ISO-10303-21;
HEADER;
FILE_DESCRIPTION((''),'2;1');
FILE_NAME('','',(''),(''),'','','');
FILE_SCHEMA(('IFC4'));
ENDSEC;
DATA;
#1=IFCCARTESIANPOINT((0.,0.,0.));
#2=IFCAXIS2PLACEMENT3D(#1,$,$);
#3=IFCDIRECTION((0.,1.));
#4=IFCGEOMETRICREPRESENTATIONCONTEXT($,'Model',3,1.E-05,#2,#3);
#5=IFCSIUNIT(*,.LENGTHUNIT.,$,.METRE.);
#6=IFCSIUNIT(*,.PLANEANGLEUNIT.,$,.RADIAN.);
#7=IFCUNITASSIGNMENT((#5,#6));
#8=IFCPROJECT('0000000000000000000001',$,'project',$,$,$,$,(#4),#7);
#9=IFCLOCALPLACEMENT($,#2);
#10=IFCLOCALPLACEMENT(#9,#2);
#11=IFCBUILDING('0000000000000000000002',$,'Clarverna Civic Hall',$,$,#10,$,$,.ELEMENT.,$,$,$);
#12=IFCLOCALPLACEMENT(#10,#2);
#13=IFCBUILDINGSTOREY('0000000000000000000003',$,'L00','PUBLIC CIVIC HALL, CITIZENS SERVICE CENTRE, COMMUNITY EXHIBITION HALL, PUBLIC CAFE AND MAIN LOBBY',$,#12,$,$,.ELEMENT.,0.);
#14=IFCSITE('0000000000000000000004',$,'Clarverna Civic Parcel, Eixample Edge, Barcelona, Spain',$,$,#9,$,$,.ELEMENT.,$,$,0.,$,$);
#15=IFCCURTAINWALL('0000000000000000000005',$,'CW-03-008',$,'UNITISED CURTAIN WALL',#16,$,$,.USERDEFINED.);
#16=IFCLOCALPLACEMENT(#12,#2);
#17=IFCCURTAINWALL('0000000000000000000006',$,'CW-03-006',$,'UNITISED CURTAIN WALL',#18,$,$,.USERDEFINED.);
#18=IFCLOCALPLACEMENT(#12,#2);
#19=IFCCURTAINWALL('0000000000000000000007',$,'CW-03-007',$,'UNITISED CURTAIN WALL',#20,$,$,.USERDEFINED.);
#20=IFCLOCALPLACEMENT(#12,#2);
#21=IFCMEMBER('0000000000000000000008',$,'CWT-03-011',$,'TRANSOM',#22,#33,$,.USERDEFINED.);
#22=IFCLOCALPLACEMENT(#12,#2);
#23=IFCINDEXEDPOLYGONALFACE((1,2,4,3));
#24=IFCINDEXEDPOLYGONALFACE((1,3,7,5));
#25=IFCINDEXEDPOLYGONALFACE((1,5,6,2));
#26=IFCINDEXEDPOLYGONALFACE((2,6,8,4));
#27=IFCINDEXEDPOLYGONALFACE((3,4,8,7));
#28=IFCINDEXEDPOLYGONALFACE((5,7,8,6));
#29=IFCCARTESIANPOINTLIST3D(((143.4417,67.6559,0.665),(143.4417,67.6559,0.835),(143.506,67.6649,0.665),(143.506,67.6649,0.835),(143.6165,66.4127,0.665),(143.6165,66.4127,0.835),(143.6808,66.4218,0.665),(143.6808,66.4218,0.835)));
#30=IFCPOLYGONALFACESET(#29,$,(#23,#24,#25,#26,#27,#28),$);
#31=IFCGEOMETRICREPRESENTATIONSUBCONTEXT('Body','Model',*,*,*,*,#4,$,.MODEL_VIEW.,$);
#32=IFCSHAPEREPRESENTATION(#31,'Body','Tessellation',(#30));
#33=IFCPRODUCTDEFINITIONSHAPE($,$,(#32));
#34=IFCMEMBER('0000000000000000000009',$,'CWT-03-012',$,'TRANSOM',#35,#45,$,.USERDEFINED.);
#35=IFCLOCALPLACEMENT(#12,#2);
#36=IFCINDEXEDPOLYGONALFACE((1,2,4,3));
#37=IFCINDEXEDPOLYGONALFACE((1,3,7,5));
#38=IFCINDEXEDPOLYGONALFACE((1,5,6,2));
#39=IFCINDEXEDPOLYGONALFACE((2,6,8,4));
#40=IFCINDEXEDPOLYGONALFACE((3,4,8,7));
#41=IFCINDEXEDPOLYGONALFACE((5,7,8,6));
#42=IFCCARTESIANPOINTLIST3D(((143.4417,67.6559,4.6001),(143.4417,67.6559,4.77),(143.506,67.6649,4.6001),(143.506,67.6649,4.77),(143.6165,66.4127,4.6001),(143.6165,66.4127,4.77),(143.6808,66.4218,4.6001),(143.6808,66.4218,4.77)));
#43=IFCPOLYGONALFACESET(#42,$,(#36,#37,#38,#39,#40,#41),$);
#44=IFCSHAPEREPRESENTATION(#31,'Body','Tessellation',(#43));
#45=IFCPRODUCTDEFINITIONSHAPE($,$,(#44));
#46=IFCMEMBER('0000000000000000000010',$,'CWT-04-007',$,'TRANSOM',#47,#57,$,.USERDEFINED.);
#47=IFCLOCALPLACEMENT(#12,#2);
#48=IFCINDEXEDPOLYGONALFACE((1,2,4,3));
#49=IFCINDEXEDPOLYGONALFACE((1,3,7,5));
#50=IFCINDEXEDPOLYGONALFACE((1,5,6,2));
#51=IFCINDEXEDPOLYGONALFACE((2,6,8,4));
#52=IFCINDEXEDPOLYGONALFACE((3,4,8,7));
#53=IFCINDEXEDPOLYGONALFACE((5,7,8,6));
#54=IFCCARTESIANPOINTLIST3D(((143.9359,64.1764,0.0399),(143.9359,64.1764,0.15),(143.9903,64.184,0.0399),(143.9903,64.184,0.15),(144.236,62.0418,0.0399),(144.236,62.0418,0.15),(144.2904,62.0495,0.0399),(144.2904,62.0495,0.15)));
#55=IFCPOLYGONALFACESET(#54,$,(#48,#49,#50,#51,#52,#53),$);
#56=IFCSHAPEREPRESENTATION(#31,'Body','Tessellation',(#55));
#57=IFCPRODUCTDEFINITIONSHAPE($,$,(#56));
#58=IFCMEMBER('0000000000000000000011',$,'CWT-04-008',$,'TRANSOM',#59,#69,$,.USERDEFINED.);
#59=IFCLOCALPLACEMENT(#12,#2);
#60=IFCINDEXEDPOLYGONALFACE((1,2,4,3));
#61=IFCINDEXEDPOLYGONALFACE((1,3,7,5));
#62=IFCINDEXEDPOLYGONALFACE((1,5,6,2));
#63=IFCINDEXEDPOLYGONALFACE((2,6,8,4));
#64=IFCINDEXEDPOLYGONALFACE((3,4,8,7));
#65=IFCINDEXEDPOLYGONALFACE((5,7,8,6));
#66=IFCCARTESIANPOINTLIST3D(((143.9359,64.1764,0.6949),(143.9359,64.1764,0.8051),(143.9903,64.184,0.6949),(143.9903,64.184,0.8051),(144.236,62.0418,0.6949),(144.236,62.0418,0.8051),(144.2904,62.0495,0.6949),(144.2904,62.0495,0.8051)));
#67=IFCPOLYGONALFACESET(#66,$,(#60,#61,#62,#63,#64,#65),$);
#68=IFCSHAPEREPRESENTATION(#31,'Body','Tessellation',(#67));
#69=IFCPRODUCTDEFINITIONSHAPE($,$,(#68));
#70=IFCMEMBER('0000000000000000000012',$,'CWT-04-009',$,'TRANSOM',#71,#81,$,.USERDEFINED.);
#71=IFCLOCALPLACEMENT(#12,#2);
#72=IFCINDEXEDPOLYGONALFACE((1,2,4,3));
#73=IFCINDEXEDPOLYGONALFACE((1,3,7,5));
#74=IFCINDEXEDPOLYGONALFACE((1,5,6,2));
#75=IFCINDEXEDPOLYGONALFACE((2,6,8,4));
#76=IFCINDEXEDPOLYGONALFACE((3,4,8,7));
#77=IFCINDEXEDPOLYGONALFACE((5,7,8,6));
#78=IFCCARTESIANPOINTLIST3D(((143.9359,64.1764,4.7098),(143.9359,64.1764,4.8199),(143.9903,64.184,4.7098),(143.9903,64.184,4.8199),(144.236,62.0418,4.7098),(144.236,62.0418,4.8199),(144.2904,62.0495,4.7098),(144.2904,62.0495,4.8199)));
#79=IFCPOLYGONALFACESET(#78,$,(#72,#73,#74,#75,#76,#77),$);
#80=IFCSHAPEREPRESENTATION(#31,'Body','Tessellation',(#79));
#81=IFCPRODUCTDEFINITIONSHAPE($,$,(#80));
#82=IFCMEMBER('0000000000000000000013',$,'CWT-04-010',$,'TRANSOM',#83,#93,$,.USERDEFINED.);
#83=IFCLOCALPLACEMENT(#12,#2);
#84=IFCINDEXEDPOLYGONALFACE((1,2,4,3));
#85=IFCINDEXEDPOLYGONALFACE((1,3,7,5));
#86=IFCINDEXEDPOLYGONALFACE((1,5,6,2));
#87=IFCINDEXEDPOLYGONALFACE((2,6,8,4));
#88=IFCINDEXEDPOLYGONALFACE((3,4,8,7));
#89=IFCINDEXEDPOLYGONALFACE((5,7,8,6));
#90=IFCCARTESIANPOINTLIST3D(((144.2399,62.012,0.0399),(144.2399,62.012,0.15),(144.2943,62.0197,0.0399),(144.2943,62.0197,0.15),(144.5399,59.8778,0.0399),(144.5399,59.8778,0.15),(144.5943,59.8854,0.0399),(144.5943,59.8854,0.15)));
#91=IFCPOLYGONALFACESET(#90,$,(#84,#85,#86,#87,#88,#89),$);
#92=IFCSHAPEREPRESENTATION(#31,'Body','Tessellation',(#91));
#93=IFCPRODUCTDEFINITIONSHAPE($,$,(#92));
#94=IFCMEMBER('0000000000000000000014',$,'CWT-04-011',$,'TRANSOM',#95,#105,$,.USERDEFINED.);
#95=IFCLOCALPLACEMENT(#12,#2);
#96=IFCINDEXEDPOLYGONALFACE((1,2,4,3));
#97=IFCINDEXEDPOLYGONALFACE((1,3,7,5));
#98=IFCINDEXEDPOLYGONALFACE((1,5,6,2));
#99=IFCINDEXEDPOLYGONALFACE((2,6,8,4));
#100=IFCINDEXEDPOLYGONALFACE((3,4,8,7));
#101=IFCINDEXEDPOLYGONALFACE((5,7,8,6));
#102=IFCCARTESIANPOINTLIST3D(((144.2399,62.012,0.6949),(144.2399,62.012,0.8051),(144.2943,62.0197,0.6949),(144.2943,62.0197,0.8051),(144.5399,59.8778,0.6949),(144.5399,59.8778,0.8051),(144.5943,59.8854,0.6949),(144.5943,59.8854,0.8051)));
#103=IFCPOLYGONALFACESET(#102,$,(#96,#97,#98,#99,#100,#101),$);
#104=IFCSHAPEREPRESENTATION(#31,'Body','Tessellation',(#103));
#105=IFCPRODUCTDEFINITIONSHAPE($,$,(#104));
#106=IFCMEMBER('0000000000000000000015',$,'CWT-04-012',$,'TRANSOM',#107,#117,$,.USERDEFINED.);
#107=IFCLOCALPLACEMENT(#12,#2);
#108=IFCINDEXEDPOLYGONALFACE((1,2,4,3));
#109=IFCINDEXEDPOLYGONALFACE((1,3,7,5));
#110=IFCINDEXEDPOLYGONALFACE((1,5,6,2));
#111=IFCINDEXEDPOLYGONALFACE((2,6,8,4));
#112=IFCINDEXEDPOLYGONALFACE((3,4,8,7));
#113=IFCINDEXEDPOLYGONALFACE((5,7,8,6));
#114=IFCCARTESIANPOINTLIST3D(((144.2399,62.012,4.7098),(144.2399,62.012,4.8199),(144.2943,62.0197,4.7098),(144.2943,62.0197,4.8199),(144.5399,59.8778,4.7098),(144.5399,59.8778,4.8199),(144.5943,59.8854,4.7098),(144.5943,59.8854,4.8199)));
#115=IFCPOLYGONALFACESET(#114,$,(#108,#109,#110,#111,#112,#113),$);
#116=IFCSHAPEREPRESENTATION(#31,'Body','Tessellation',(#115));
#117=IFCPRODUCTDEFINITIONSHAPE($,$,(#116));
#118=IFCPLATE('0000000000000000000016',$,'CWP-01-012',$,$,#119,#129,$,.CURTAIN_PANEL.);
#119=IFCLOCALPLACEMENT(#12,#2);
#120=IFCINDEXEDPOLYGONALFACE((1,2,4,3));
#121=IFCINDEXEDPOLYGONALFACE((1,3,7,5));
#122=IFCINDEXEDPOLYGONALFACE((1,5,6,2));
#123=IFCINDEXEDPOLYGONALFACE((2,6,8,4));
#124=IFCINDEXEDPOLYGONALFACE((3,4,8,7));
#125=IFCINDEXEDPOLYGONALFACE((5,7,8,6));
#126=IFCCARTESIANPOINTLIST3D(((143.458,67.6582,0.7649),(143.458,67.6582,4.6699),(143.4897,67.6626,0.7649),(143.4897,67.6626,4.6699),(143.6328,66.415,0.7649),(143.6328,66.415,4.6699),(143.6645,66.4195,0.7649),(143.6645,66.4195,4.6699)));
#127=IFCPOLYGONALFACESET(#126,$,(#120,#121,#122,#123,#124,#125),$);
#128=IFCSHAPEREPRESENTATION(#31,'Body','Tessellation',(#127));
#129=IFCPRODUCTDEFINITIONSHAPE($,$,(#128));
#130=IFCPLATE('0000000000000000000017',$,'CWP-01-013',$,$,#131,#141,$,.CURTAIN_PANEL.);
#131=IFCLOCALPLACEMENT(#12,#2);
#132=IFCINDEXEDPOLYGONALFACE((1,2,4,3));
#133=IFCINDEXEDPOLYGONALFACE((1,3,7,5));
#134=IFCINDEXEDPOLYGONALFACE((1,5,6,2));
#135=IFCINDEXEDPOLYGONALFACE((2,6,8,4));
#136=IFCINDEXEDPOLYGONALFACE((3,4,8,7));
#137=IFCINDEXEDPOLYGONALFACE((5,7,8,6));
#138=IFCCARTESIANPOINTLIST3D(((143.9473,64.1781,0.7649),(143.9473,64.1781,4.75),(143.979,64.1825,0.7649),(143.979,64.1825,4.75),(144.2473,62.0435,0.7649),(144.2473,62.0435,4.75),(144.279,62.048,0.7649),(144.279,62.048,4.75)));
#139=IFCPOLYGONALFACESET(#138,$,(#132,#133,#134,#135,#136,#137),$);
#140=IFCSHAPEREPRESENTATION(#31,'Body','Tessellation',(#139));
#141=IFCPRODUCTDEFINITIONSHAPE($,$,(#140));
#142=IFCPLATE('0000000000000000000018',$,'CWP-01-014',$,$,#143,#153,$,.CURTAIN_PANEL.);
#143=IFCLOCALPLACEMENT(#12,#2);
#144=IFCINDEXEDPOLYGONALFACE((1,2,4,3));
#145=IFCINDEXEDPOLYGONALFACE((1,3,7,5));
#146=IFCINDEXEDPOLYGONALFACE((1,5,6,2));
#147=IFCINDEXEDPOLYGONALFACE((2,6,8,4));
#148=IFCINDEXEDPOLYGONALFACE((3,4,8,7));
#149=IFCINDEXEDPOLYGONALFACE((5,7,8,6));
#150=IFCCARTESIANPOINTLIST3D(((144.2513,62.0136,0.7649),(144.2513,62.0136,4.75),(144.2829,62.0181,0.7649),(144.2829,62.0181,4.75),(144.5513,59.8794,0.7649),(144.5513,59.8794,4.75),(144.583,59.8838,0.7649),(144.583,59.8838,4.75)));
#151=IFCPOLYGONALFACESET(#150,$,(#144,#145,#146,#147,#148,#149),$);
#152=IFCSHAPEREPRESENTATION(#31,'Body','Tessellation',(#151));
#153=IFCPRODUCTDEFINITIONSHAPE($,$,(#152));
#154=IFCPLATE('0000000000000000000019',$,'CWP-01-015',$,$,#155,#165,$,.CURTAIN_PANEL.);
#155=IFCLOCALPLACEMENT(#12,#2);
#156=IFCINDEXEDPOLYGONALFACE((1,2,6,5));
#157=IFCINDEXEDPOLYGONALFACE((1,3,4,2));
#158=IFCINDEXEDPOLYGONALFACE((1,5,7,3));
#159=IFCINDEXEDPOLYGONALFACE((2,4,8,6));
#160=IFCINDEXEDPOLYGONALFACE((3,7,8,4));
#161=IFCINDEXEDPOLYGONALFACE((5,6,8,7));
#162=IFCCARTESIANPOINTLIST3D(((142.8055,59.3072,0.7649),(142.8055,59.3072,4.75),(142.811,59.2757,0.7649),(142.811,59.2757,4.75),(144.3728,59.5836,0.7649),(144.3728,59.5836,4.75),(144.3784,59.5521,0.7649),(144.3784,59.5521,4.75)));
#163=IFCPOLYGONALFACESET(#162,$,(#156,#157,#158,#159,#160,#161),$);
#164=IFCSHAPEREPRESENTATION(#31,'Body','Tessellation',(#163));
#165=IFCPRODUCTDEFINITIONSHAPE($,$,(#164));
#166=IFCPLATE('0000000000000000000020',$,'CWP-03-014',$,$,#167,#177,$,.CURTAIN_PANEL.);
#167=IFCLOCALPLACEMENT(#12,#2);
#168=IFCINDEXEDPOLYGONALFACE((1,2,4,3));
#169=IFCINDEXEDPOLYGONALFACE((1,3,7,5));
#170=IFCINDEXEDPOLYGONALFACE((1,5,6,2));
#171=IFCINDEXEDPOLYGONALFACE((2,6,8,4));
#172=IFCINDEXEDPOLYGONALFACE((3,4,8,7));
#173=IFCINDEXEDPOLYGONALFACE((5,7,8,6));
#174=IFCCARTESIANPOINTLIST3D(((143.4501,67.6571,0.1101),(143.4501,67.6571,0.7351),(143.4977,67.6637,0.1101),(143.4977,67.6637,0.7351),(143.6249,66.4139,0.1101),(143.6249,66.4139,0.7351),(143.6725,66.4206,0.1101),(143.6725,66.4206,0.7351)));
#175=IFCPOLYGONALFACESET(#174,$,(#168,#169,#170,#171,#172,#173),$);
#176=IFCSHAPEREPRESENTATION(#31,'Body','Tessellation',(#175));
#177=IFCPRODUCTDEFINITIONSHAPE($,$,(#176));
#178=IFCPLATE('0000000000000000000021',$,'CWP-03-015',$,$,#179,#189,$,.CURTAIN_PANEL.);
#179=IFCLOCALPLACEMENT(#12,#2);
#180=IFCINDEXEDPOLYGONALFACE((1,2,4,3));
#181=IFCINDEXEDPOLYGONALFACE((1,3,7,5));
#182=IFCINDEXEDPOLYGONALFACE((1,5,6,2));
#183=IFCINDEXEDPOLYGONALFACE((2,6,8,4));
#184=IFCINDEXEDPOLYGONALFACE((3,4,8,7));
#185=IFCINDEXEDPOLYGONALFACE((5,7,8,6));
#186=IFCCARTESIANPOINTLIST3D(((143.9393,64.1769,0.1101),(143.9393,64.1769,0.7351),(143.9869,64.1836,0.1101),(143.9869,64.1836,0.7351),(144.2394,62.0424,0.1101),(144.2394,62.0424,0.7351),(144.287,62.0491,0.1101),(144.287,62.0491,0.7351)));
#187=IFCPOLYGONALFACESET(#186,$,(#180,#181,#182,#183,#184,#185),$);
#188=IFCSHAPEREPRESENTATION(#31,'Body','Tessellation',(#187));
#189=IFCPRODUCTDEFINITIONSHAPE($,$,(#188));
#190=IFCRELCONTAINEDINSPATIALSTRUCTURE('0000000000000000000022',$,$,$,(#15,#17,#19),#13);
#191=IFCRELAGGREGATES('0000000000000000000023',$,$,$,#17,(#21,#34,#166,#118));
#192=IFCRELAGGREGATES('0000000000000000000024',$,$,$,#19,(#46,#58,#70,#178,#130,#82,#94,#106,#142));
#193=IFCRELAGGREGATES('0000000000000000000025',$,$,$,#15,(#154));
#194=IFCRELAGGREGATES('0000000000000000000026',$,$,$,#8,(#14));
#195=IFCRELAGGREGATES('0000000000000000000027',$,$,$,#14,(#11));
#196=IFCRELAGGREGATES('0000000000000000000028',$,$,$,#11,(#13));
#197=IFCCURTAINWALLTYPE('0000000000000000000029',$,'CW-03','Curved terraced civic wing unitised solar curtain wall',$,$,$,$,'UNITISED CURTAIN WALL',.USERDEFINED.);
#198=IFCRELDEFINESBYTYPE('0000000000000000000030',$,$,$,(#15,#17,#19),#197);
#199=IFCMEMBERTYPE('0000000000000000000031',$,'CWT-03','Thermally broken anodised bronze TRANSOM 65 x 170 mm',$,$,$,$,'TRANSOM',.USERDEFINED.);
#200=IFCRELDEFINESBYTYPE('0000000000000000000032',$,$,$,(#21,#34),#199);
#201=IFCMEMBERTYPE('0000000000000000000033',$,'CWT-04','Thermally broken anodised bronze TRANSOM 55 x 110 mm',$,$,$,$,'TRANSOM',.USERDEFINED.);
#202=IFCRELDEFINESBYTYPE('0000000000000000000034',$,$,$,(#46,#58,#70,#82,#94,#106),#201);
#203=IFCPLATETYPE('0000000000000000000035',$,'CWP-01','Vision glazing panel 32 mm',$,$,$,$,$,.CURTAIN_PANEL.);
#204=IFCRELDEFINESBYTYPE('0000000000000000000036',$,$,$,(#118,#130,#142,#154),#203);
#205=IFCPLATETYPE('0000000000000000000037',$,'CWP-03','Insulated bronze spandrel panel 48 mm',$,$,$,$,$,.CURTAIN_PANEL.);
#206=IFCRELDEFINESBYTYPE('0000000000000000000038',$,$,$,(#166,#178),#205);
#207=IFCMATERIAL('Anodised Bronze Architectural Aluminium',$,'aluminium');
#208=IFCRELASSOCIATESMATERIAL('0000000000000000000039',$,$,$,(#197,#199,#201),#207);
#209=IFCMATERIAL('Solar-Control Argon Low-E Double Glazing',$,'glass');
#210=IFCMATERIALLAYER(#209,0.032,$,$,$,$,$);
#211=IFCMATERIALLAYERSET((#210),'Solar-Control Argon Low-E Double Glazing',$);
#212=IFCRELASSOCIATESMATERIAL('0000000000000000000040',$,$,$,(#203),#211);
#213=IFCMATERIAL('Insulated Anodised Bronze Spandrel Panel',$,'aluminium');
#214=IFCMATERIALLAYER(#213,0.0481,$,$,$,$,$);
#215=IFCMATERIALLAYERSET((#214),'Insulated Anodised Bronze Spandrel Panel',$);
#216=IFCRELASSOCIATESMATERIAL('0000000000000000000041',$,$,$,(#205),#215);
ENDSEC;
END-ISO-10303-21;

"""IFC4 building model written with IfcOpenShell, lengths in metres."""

from ifc_helpers import new_model, si_unit, direction, frame, frame_2d, origin, origin_2d, place, context, subcontext, project, spatial, rectangle, extrude, material, layer, layer_set, material_profile, profile_set, type_object, element, aggregate, save


model = new_model("IFC4")

# Units and contexts
model_context = context("Model", 3, precision=1e-05, world=origin(), true_north=direction((0.0, 1.0)))
body_context = subcontext(model_context, "Body", "Model", "MODEL_VIEW")
ifc_project = project(units=[si_unit("LENGTHUNIT", "METRE"), si_unit("PLANEANGLEUNIT", "RADIAN")], contexts=[model_context])

# Site, building, storey
site_placement = place(None, origin())
site = spatial("IfcSite", under=ifc_project, at=site_placement, Name="Clarverna Civic Parcel, Eixample Edge, Barcelona, Spain", CompositionType="ELEMENT", RefElevation=0.0)
building_placement = place(site_placement, origin())
building = spatial("IfcBuilding", under=site, at=building_placement, Name="Clarverna Civic Hall", CompositionType="ELEMENT")
storey_placement = place(building_placement, origin())
storey = spatial("IfcBuildingStorey", under=building, at=storey_placement, Name="L00", Description="PUBLIC CIVIC HALL, CITIZENS SERVICE CENTRE, COMMUNITY EXHIBITION HALL, PUBLIC CAFE AND MAIN LOBBY", CompositionType="ELEMENT", Elevation=0.0)

# Curtain wall
ifc_material_1 = material(Name="Anodised Bronze Architectural Aluminium", Category="aluminium")
curtain_wall_type = type_object("IfcCurtainWallType", Name="CW-03", Description="Curved terraced civic wing unitised solar curtain wall", ElementType="UNITISED CURTAIN WALL", PredefinedType="USERDEFINED", material=ifc_material_1)
curtain_wall_1_placement = place(storey_placement, origin())
curtain_wall_1 = element("IfcCurtainWall", 1, at=curtain_wall_1_placement, inside=storey, type_object=curtain_wall_type, Name="CW-03-008", ObjectType="UNITISED CURTAIN WALL", PredefinedType="USERDEFINED")

# Curtain walls
curtain_wall_2_placement = place(storey_placement, origin())
curtain_wall_2 = element("IfcCurtainWall", 2, at=curtain_wall_2_placement, inside=storey, type_object=curtain_wall_type, Name="CW-03-006", ObjectType="UNITISED CURTAIN WALL", PredefinedType="USERDEFINED")
curtain_wall_3_placement = place(storey_placement, origin())
curtain_wall_3 = element("IfcCurtainWall", 3, at=curtain_wall_3_placement, inside=storey, type_object=curtain_wall_type, Name="CW-03-007", ObjectType="UNITISED CURTAIN WALL", PredefinedType="USERDEFINED")

# Members
ifc_material_profile_1 = material_profile(ifc_material_1, rectangle(XDim=0.0649, YDim=0.1699, at=origin_2d()), Name="BRONZE 65x170")
ifc_profile_set_1 = profile_set([ifc_material_profile_1], Name="Anodised Bronze Architectural Aluminium")
member_type_1 = type_object("IfcMemberType", Name="CWT-03", Description="Thermally broken anodised bronze TRANSOM 65 x 170 mm", ElementType="TRANSOM", PredefinedType="USERDEFINED", material=ifc_profile_set_1)
member_1_placement = place(storey_placement, frame((143.4739, 67.6604, 0.75), z_axis=(0.139243, -0.990258, 0.0), x_axis=(0.990258, 0.139243, 0.0)))
member_1 = element("IfcMember", 4, at=member_1_placement, type_object=member_type_1, Name="CWT-03-011", ObjectType="TRANSOM", PredefinedType="USERDEFINED", context=body_context, shape_type="SweptSolid", body=[
    extrude(rectangle(XDim=0.0649, YDim=0.1699, at=origin_2d()), origin(), (0.0, 0.0, 1.0), 1.2554),
])
member_2_placement = place(storey_placement, frame((143.4739, 67.6604, 4.6851), z_axis=(0.139243, -0.990258, 0.0), x_axis=(0.990258, 0.139243, 0.0)))
member_2 = element("IfcMember", 5, at=member_2_placement, type_object=member_type_1, Name="CWT-03-012", ObjectType="TRANSOM", PredefinedType="USERDEFINED", context=body_context, shape_type="SweptSolid", body=[
    extrude(rectangle(XDim=0.0649, YDim=0.1699, at=origin_2d()), origin(), (0.0, 0.0, 1.0), 1.2554),
])
ifc_material_profile_2 = material_profile(ifc_material_1, rectangle(XDim=0.0549, YDim=0.1101, at=origin_2d()), Name="BRONZE 55x110")
ifc_profile_set_2 = profile_set([ifc_material_profile_2], Name="Anodised Bronze Architectural Aluminium")
member_type_2 = type_object("IfcMemberType", Name="CWT-04", Description="Thermally broken anodised bronze TRANSOM 55 x 110 mm", ElementType="TRANSOM", PredefinedType="USERDEFINED", material=ifc_profile_set_2)
member_3_placement = place(storey_placement, frame((143.9631, 64.1802, 0.095), z_axis=(0.139201, -0.990264, 0.0), x_axis=(0.990264, 0.139201, 0.0)))
member_3 = element("IfcMember", 6, at=member_3_placement, type_object=member_type_2, Name="CWT-04-007", ObjectType="TRANSOM", PredefinedType="USERDEFINED", context=body_context, shape_type="SweptSolid", body=[
    extrude(rectangle(XDim=0.0549, YDim=0.1101, at=origin_2d()), origin(), (0.0, 0.0, 1.0), 2.1555),
])
member_4_placement = place(storey_placement, frame((143.9631, 64.1802, 0.75), z_axis=(0.139201, -0.990264, 0.0), x_axis=(0.990264, 0.139201, 0.0)))
member_4 = element("IfcMember", 7, at=member_4_placement, type_object=member_type_2, Name="CWT-04-008", ObjectType="TRANSOM", PredefinedType="USERDEFINED", context=body_context, shape_type="SweptSolid", body=[
    extrude(rectangle(XDim=0.0549, YDim=0.1101, at=origin_2d()), origin(), (0.0, 0.0, 1.0), 2.1555),
])
member_5_placement = place(storey_placement, frame((143.9631, 64.1802, 4.7649), z_axis=(0.139201, -0.990264, 0.0), x_axis=(0.990264, 0.139201, 0.0)))
member_5 = element("IfcMember", 8, at=member_5_placement, type_object=member_type_2, Name="CWT-04-009", ObjectType="TRANSOM", PredefinedType="USERDEFINED", context=body_context, shape_type="SweptSolid", body=[
    extrude(rectangle(XDim=0.0549, YDim=0.1101, at=origin_2d()), origin(), (0.0, 0.0, 1.0), 2.1555),
])
member_6_placement = place(storey_placement, frame((144.2671, 62.0159, 0.095), z_axis=(0.139217, -0.990262, 0.0), x_axis=(0.990262, 0.139217, 0.0)))
member_6 = element("IfcMember", 9, at=member_6_placement, type_object=member_type_2, Name="CWT-04-010", ObjectType="TRANSOM", PredefinedType="USERDEFINED", context=body_context, shape_type="SweptSolid", body=[
    extrude(rectangle(XDim=0.0549, YDim=0.1101, at=origin_2d()), origin(), (0.0, 0.0, 1.0), 2.1553),
])
member_7_placement = place(storey_placement, frame((144.2671, 62.0159, 0.75), z_axis=(0.139217, -0.990262, 0.0), x_axis=(0.990262, 0.139217, 0.0)))
member_7 = element("IfcMember", 10, at=member_7_placement, type_object=member_type_2, Name="CWT-04-011", ObjectType="TRANSOM", PredefinedType="USERDEFINED", context=body_context, shape_type="SweptSolid", body=[
    extrude(rectangle(XDim=0.0549, YDim=0.1101, at=origin_2d()), origin(), (0.0, 0.0, 1.0), 2.1553),
])
member_8_placement = place(storey_placement, frame((144.2671, 62.0159, 4.7649), z_axis=(0.139217, -0.990262, 0.0), x_axis=(0.990262, 0.139217, 0.0)))
member_8 = element("IfcMember", 11, at=member_8_placement, type_object=member_type_2, Name="CWT-04-012", ObjectType="TRANSOM", PredefinedType="USERDEFINED", context=body_context, shape_type="SweptSolid", body=[
    extrude(rectangle(XDim=0.0549, YDim=0.1101, at=origin_2d()), origin(), (0.0, 0.0, 1.0), 2.1553),
])

# Plates
ifc_material_2 = material(Name="Solar-Control Argon Low-E Double Glazing", Category="glass")
ifc_layer_1 = layer(ifc_material_2, 0.032)
ifc_layer_set_1 = layer_set([ifc_layer_1], Name="Solar-Control Argon Low-E Double Glazing")
plate_type_1 = type_object("IfcPlateType", Name="CWP-01", Description="Vision glazing panel 32 mm", PredefinedType="CURTAIN_PANEL", material=ifc_layer_set_1)
plate_1_placement = place(storey_placement, frame((143.4739, 67.6604, 0.7649), z_axis=(0.0, 0.0, 1.0), x_axis=(0.139243, -0.990258, 0.0)))
plate_1 = element("IfcPlate", 12, at=plate_1_placement, type_object=plate_type_1, Name="CWP-01-012", PredefinedType="CURTAIN_PANEL", context=body_context, shape_type="SweptSolid", body=[
    extrude(rectangle(XDim=1.2554, YDim=0.032, at=frame_2d((0.6277, 0.0))), origin(), (0.0, 0.0, 1.0), 3.905),
])
plate_2_placement = place(storey_placement, frame((143.9631, 64.1802, 0.7649), z_axis=(0.0, 0.0, 1.0), x_axis=(0.139201, -0.990264, 0.0)))
plate_2 = element("IfcPlate", 13, at=plate_2_placement, type_object=plate_type_1, Name="CWP-01-013", PredefinedType="CURTAIN_PANEL", context=body_context, shape_type="SweptSolid", body=[
    extrude(rectangle(XDim=2.1555, YDim=0.032, at=frame_2d((1.0776, 0.0))), origin(), (0.0, 0.0, 1.0), 3.9851),
])
plate_3_placement = place(storey_placement, frame((144.2671, 62.0159, 0.7649), z_axis=(0.0, 0.0, 1.0), x_axis=(0.139217, -0.990262, 0.0)))
plate_3 = element("IfcPlate", 14, at=plate_3_placement, type_object=plate_type_1, Name="CWP-01-014", PredefinedType="CURTAIN_PANEL", context=body_context, shape_type="SweptSolid", body=[
    extrude(rectangle(XDim=2.1553, YDim=0.032, at=frame_2d((1.0776, 0.0))), origin(), (0.0, 0.0, 1.0), 3.9851),
])
plate_4_placement = place(storey_placement, frame((144.3757, 59.5679, 0.7649), z_axis=(0.0, 0.0, 1.0), x_axis=(-0.984808, -0.173645, 0.0)))
plate_4 = element("IfcPlate", 15, at=plate_4_placement, type_object=plate_type_1, Name="CWP-01-015", PredefinedType="CURTAIN_PANEL", context=body_context, shape_type="SweptSolid", body=[
    extrude(rectangle(XDim=1.5916, YDim=0.032, at=frame_2d((0.7959, 0.0))), origin(), (0.0, 0.0, 1.0), 3.9851),
])
ifc_material_3 = material(Name="Insulated Anodised Bronze Spandrel Panel", Category="aluminium")
ifc_layer_2 = layer(ifc_material_3, 0.0481)
ifc_layer_set_2 = layer_set([ifc_layer_2], Name="Insulated Anodised Bronze Spandrel Panel")
plate_type_2 = type_object("IfcPlateType", Name="CWP-03", Description="Insulated bronze spandrel panel 48 mm", PredefinedType="CURTAIN_PANEL", material=ifc_layer_set_2)
plate_5_placement = place(storey_placement, frame((143.4739, 67.6604, 0.1101), z_axis=(0.0, 0.0, 1.0), x_axis=(0.139243, -0.990258, 0.0)))
plate_5 = element("IfcPlate", 16, at=plate_5_placement, type_object=plate_type_2, Name="CWP-03-014", PredefinedType="CURTAIN_PANEL", context=body_context, shape_type="SweptSolid", body=[
    extrude(rectangle(XDim=1.2554, YDim=0.0481, at=frame_2d((0.6277, 0.0))), origin(), (0.0, 0.0, 1.0), 0.625),
])
aggregate(curtain_wall_2, [member_1, member_2, plate_5, plate_1])
plate_6_placement = place(storey_placement, frame((143.9631, 64.1802, 0.1101), z_axis=(0.0, 0.0, 1.0), x_axis=(0.139201, -0.990264, 0.0)))
plate_6 = element("IfcPlate", 17, at=plate_6_placement, type_object=plate_type_2, Name="CWP-03-015", PredefinedType="CURTAIN_PANEL", context=body_context, shape_type="SweptSolid", body=[
    extrude(rectangle(XDim=2.1555, YDim=0.0481, at=frame_2d((1.0776, 0.0))), origin(), (0.0, 0.0, 1.0), 0.625),
])
aggregate(curtain_wall_3, [member_3, member_4, member_5, plate_6, plate_2, member_6, member_7, member_8, plate_3])
aggregate(curtain_wall_1, [plate_4])

save(model, "model.ifc")
